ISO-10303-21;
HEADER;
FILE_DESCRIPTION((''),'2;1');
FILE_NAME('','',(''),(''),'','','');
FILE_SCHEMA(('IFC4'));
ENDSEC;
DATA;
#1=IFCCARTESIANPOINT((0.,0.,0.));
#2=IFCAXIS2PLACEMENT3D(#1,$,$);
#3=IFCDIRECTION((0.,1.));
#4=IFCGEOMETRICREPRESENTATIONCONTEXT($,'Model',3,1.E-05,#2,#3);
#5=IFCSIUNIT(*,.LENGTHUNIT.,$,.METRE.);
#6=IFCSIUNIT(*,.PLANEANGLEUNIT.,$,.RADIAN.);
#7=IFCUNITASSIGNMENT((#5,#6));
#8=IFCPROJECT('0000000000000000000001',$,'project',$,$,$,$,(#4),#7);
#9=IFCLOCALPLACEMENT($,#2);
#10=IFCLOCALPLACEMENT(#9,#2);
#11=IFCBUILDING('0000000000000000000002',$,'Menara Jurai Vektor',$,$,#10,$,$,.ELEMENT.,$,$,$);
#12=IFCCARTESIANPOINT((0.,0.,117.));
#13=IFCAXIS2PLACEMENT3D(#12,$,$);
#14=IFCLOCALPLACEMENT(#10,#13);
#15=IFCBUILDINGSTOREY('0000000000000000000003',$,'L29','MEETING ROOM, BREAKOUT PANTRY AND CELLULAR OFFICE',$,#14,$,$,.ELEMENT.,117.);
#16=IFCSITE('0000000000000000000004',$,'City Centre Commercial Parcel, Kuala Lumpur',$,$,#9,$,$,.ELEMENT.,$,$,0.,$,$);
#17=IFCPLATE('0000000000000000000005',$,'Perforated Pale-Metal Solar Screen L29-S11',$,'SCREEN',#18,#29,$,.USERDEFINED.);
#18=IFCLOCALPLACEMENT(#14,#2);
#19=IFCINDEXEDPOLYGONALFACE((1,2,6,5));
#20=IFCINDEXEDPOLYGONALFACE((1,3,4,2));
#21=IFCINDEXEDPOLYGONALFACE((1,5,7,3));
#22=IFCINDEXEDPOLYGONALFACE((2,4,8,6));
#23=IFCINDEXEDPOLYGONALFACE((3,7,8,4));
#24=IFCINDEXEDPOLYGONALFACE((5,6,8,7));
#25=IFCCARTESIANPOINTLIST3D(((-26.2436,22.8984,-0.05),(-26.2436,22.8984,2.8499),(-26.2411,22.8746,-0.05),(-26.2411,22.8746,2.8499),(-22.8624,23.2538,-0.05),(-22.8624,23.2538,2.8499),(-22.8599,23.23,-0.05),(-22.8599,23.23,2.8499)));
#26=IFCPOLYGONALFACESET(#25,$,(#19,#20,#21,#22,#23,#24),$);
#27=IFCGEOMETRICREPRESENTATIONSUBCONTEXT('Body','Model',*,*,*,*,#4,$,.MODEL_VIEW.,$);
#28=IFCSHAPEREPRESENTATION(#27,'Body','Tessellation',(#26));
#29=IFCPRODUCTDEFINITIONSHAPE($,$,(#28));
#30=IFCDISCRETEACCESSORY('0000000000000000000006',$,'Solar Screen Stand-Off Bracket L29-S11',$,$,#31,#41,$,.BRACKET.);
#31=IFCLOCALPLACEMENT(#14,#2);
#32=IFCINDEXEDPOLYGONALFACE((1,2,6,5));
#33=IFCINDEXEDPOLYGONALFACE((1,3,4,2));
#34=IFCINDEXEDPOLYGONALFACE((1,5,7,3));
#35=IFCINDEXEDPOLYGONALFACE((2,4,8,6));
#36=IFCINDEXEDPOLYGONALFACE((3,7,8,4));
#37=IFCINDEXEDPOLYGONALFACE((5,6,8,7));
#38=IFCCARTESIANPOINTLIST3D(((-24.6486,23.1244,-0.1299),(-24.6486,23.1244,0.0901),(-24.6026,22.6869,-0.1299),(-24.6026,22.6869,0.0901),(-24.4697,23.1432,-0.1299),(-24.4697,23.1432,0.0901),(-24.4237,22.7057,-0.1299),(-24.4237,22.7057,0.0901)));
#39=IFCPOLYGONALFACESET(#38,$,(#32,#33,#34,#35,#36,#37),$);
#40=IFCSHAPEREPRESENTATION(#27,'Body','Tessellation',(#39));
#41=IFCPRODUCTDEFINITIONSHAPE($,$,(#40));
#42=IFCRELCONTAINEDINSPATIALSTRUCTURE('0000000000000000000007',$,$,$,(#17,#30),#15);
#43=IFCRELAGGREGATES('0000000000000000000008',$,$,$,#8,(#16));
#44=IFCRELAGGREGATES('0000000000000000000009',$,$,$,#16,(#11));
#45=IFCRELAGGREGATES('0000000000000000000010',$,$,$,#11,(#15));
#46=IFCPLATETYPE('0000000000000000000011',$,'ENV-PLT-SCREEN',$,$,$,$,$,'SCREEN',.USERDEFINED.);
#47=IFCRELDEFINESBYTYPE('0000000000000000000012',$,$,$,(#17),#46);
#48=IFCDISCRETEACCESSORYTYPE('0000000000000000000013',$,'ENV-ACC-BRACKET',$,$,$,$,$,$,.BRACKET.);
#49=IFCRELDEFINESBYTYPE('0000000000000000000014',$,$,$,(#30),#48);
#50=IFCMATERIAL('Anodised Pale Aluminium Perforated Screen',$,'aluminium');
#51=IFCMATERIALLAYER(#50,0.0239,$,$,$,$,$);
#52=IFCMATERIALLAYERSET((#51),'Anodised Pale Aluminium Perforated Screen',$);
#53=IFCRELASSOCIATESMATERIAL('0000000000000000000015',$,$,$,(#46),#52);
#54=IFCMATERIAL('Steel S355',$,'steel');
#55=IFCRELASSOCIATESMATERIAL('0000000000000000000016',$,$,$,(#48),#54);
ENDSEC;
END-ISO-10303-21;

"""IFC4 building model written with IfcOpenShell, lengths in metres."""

from ifc_helpers import new_model, si_unit, direction, frame, origin, origin_2d, place, context, subcontext, project, spatial, rectangle, extrude, material, layer, layer_set, type_object, element, save


model = new_model("IFC4")

# Units and contexts
model_context = context("Model", 3, precision=1e-05, world=origin(), true_north=direction((0.0, 1.0)))
body_context = subcontext(model_context, "Body", "Model", "MODEL_VIEW")
ifc_project = project(units=[si_unit("LENGTHUNIT", "METRE"), si_unit("PLANEANGLEUNIT", "RADIAN")], contexts=[model_context])

# Site, building, storey
site_placement = place(None, origin())
site = spatial("IfcSite", under=ifc_project, at=site_placement, Name="City Centre Commercial Parcel, Kuala Lumpur", CompositionType="ELEMENT", RefElevation=0.0)
building_placement = place(site_placement, origin())
building = spatial("IfcBuilding", under=site, at=building_placement, Name="Menara Jurai Vektor", CompositionType="ELEMENT")
storey_placement = place(building_placement, frame((0.0, 0.0, 117.0)))
storey = spatial("IfcBuildingStorey", under=building, at=storey_placement, Name="L29", Description="MEETING ROOM, BREAKOUT PANTRY AND CELLULAR OFFICE", CompositionType="ELEMENT", Elevation=117.0)

# Shared definitions
ifc_material_1 = material(Name="Steel S355", Category="steel")

# Plate
ifc_material_2 = material(Name="Anodised Pale Aluminium Perforated Screen", Category="aluminium")
ifc_layer_1 = layer(ifc_material_2, 0.0239)
ifc_layer_set_1 = layer_set([ifc_layer_1], Name="Anodised Pale Aluminium Perforated Screen")
plate_type_1 = type_object("IfcPlateType", Name="ENV-PLT-SCREEN", ElementType="SCREEN", PredefinedType="USERDEFINED", material=ifc_layer_set_1)
plate_1_placement = place(storey_placement, frame((-24.5518, 23.0642, -0.05), z_axis=(0.0, 0.0, 1.0), x_axis=(-0.994522, -0.104528, 0.0)))
element("IfcPlate", 1, at=plate_1_placement, inside=storey, type_object=plate_type_1, Name="Perforated Pale-Metal Solar Screen L29-S11", ObjectType="SCREEN", PredefinedType="USERDEFINED", context=body_context, shape_type="SweptSolid", body=[
    extrude(rectangle(XDim=3.3999, YDim=0.0239, at=origin_2d()), origin(), (0.0, 0.0, 1.0), 2.8999),
])

# Discrete accessory
discrete_accessory_type = type_object("IfcDiscreteAccessoryType", Name="ENV-ACC-BRACKET", PredefinedType="BRACKET", material=ifc_material_1)
discrete_accessory_placement = place(storey_placement, frame((-24.5361, 22.915, -0.1299), z_axis=(0.0, 0.0, 1.0), x_axis=(-0.994522, -0.104528, 0.0)))
element("IfcDiscreteAccessory", 2, at=discrete_accessory_placement, inside=storey, type_object=discrete_accessory_type, Name="Solar Screen Stand-Off Bracket L29-S11", PredefinedType="BRACKET", context=body_context, shape_type="SweptSolid", body=[
    extrude(rectangle(XDim=0.1799, YDim=0.4399, at=origin_2d()), origin(), (0.0, 0.0, 1.0), 0.22),
])

save(model, "model.ifc")
